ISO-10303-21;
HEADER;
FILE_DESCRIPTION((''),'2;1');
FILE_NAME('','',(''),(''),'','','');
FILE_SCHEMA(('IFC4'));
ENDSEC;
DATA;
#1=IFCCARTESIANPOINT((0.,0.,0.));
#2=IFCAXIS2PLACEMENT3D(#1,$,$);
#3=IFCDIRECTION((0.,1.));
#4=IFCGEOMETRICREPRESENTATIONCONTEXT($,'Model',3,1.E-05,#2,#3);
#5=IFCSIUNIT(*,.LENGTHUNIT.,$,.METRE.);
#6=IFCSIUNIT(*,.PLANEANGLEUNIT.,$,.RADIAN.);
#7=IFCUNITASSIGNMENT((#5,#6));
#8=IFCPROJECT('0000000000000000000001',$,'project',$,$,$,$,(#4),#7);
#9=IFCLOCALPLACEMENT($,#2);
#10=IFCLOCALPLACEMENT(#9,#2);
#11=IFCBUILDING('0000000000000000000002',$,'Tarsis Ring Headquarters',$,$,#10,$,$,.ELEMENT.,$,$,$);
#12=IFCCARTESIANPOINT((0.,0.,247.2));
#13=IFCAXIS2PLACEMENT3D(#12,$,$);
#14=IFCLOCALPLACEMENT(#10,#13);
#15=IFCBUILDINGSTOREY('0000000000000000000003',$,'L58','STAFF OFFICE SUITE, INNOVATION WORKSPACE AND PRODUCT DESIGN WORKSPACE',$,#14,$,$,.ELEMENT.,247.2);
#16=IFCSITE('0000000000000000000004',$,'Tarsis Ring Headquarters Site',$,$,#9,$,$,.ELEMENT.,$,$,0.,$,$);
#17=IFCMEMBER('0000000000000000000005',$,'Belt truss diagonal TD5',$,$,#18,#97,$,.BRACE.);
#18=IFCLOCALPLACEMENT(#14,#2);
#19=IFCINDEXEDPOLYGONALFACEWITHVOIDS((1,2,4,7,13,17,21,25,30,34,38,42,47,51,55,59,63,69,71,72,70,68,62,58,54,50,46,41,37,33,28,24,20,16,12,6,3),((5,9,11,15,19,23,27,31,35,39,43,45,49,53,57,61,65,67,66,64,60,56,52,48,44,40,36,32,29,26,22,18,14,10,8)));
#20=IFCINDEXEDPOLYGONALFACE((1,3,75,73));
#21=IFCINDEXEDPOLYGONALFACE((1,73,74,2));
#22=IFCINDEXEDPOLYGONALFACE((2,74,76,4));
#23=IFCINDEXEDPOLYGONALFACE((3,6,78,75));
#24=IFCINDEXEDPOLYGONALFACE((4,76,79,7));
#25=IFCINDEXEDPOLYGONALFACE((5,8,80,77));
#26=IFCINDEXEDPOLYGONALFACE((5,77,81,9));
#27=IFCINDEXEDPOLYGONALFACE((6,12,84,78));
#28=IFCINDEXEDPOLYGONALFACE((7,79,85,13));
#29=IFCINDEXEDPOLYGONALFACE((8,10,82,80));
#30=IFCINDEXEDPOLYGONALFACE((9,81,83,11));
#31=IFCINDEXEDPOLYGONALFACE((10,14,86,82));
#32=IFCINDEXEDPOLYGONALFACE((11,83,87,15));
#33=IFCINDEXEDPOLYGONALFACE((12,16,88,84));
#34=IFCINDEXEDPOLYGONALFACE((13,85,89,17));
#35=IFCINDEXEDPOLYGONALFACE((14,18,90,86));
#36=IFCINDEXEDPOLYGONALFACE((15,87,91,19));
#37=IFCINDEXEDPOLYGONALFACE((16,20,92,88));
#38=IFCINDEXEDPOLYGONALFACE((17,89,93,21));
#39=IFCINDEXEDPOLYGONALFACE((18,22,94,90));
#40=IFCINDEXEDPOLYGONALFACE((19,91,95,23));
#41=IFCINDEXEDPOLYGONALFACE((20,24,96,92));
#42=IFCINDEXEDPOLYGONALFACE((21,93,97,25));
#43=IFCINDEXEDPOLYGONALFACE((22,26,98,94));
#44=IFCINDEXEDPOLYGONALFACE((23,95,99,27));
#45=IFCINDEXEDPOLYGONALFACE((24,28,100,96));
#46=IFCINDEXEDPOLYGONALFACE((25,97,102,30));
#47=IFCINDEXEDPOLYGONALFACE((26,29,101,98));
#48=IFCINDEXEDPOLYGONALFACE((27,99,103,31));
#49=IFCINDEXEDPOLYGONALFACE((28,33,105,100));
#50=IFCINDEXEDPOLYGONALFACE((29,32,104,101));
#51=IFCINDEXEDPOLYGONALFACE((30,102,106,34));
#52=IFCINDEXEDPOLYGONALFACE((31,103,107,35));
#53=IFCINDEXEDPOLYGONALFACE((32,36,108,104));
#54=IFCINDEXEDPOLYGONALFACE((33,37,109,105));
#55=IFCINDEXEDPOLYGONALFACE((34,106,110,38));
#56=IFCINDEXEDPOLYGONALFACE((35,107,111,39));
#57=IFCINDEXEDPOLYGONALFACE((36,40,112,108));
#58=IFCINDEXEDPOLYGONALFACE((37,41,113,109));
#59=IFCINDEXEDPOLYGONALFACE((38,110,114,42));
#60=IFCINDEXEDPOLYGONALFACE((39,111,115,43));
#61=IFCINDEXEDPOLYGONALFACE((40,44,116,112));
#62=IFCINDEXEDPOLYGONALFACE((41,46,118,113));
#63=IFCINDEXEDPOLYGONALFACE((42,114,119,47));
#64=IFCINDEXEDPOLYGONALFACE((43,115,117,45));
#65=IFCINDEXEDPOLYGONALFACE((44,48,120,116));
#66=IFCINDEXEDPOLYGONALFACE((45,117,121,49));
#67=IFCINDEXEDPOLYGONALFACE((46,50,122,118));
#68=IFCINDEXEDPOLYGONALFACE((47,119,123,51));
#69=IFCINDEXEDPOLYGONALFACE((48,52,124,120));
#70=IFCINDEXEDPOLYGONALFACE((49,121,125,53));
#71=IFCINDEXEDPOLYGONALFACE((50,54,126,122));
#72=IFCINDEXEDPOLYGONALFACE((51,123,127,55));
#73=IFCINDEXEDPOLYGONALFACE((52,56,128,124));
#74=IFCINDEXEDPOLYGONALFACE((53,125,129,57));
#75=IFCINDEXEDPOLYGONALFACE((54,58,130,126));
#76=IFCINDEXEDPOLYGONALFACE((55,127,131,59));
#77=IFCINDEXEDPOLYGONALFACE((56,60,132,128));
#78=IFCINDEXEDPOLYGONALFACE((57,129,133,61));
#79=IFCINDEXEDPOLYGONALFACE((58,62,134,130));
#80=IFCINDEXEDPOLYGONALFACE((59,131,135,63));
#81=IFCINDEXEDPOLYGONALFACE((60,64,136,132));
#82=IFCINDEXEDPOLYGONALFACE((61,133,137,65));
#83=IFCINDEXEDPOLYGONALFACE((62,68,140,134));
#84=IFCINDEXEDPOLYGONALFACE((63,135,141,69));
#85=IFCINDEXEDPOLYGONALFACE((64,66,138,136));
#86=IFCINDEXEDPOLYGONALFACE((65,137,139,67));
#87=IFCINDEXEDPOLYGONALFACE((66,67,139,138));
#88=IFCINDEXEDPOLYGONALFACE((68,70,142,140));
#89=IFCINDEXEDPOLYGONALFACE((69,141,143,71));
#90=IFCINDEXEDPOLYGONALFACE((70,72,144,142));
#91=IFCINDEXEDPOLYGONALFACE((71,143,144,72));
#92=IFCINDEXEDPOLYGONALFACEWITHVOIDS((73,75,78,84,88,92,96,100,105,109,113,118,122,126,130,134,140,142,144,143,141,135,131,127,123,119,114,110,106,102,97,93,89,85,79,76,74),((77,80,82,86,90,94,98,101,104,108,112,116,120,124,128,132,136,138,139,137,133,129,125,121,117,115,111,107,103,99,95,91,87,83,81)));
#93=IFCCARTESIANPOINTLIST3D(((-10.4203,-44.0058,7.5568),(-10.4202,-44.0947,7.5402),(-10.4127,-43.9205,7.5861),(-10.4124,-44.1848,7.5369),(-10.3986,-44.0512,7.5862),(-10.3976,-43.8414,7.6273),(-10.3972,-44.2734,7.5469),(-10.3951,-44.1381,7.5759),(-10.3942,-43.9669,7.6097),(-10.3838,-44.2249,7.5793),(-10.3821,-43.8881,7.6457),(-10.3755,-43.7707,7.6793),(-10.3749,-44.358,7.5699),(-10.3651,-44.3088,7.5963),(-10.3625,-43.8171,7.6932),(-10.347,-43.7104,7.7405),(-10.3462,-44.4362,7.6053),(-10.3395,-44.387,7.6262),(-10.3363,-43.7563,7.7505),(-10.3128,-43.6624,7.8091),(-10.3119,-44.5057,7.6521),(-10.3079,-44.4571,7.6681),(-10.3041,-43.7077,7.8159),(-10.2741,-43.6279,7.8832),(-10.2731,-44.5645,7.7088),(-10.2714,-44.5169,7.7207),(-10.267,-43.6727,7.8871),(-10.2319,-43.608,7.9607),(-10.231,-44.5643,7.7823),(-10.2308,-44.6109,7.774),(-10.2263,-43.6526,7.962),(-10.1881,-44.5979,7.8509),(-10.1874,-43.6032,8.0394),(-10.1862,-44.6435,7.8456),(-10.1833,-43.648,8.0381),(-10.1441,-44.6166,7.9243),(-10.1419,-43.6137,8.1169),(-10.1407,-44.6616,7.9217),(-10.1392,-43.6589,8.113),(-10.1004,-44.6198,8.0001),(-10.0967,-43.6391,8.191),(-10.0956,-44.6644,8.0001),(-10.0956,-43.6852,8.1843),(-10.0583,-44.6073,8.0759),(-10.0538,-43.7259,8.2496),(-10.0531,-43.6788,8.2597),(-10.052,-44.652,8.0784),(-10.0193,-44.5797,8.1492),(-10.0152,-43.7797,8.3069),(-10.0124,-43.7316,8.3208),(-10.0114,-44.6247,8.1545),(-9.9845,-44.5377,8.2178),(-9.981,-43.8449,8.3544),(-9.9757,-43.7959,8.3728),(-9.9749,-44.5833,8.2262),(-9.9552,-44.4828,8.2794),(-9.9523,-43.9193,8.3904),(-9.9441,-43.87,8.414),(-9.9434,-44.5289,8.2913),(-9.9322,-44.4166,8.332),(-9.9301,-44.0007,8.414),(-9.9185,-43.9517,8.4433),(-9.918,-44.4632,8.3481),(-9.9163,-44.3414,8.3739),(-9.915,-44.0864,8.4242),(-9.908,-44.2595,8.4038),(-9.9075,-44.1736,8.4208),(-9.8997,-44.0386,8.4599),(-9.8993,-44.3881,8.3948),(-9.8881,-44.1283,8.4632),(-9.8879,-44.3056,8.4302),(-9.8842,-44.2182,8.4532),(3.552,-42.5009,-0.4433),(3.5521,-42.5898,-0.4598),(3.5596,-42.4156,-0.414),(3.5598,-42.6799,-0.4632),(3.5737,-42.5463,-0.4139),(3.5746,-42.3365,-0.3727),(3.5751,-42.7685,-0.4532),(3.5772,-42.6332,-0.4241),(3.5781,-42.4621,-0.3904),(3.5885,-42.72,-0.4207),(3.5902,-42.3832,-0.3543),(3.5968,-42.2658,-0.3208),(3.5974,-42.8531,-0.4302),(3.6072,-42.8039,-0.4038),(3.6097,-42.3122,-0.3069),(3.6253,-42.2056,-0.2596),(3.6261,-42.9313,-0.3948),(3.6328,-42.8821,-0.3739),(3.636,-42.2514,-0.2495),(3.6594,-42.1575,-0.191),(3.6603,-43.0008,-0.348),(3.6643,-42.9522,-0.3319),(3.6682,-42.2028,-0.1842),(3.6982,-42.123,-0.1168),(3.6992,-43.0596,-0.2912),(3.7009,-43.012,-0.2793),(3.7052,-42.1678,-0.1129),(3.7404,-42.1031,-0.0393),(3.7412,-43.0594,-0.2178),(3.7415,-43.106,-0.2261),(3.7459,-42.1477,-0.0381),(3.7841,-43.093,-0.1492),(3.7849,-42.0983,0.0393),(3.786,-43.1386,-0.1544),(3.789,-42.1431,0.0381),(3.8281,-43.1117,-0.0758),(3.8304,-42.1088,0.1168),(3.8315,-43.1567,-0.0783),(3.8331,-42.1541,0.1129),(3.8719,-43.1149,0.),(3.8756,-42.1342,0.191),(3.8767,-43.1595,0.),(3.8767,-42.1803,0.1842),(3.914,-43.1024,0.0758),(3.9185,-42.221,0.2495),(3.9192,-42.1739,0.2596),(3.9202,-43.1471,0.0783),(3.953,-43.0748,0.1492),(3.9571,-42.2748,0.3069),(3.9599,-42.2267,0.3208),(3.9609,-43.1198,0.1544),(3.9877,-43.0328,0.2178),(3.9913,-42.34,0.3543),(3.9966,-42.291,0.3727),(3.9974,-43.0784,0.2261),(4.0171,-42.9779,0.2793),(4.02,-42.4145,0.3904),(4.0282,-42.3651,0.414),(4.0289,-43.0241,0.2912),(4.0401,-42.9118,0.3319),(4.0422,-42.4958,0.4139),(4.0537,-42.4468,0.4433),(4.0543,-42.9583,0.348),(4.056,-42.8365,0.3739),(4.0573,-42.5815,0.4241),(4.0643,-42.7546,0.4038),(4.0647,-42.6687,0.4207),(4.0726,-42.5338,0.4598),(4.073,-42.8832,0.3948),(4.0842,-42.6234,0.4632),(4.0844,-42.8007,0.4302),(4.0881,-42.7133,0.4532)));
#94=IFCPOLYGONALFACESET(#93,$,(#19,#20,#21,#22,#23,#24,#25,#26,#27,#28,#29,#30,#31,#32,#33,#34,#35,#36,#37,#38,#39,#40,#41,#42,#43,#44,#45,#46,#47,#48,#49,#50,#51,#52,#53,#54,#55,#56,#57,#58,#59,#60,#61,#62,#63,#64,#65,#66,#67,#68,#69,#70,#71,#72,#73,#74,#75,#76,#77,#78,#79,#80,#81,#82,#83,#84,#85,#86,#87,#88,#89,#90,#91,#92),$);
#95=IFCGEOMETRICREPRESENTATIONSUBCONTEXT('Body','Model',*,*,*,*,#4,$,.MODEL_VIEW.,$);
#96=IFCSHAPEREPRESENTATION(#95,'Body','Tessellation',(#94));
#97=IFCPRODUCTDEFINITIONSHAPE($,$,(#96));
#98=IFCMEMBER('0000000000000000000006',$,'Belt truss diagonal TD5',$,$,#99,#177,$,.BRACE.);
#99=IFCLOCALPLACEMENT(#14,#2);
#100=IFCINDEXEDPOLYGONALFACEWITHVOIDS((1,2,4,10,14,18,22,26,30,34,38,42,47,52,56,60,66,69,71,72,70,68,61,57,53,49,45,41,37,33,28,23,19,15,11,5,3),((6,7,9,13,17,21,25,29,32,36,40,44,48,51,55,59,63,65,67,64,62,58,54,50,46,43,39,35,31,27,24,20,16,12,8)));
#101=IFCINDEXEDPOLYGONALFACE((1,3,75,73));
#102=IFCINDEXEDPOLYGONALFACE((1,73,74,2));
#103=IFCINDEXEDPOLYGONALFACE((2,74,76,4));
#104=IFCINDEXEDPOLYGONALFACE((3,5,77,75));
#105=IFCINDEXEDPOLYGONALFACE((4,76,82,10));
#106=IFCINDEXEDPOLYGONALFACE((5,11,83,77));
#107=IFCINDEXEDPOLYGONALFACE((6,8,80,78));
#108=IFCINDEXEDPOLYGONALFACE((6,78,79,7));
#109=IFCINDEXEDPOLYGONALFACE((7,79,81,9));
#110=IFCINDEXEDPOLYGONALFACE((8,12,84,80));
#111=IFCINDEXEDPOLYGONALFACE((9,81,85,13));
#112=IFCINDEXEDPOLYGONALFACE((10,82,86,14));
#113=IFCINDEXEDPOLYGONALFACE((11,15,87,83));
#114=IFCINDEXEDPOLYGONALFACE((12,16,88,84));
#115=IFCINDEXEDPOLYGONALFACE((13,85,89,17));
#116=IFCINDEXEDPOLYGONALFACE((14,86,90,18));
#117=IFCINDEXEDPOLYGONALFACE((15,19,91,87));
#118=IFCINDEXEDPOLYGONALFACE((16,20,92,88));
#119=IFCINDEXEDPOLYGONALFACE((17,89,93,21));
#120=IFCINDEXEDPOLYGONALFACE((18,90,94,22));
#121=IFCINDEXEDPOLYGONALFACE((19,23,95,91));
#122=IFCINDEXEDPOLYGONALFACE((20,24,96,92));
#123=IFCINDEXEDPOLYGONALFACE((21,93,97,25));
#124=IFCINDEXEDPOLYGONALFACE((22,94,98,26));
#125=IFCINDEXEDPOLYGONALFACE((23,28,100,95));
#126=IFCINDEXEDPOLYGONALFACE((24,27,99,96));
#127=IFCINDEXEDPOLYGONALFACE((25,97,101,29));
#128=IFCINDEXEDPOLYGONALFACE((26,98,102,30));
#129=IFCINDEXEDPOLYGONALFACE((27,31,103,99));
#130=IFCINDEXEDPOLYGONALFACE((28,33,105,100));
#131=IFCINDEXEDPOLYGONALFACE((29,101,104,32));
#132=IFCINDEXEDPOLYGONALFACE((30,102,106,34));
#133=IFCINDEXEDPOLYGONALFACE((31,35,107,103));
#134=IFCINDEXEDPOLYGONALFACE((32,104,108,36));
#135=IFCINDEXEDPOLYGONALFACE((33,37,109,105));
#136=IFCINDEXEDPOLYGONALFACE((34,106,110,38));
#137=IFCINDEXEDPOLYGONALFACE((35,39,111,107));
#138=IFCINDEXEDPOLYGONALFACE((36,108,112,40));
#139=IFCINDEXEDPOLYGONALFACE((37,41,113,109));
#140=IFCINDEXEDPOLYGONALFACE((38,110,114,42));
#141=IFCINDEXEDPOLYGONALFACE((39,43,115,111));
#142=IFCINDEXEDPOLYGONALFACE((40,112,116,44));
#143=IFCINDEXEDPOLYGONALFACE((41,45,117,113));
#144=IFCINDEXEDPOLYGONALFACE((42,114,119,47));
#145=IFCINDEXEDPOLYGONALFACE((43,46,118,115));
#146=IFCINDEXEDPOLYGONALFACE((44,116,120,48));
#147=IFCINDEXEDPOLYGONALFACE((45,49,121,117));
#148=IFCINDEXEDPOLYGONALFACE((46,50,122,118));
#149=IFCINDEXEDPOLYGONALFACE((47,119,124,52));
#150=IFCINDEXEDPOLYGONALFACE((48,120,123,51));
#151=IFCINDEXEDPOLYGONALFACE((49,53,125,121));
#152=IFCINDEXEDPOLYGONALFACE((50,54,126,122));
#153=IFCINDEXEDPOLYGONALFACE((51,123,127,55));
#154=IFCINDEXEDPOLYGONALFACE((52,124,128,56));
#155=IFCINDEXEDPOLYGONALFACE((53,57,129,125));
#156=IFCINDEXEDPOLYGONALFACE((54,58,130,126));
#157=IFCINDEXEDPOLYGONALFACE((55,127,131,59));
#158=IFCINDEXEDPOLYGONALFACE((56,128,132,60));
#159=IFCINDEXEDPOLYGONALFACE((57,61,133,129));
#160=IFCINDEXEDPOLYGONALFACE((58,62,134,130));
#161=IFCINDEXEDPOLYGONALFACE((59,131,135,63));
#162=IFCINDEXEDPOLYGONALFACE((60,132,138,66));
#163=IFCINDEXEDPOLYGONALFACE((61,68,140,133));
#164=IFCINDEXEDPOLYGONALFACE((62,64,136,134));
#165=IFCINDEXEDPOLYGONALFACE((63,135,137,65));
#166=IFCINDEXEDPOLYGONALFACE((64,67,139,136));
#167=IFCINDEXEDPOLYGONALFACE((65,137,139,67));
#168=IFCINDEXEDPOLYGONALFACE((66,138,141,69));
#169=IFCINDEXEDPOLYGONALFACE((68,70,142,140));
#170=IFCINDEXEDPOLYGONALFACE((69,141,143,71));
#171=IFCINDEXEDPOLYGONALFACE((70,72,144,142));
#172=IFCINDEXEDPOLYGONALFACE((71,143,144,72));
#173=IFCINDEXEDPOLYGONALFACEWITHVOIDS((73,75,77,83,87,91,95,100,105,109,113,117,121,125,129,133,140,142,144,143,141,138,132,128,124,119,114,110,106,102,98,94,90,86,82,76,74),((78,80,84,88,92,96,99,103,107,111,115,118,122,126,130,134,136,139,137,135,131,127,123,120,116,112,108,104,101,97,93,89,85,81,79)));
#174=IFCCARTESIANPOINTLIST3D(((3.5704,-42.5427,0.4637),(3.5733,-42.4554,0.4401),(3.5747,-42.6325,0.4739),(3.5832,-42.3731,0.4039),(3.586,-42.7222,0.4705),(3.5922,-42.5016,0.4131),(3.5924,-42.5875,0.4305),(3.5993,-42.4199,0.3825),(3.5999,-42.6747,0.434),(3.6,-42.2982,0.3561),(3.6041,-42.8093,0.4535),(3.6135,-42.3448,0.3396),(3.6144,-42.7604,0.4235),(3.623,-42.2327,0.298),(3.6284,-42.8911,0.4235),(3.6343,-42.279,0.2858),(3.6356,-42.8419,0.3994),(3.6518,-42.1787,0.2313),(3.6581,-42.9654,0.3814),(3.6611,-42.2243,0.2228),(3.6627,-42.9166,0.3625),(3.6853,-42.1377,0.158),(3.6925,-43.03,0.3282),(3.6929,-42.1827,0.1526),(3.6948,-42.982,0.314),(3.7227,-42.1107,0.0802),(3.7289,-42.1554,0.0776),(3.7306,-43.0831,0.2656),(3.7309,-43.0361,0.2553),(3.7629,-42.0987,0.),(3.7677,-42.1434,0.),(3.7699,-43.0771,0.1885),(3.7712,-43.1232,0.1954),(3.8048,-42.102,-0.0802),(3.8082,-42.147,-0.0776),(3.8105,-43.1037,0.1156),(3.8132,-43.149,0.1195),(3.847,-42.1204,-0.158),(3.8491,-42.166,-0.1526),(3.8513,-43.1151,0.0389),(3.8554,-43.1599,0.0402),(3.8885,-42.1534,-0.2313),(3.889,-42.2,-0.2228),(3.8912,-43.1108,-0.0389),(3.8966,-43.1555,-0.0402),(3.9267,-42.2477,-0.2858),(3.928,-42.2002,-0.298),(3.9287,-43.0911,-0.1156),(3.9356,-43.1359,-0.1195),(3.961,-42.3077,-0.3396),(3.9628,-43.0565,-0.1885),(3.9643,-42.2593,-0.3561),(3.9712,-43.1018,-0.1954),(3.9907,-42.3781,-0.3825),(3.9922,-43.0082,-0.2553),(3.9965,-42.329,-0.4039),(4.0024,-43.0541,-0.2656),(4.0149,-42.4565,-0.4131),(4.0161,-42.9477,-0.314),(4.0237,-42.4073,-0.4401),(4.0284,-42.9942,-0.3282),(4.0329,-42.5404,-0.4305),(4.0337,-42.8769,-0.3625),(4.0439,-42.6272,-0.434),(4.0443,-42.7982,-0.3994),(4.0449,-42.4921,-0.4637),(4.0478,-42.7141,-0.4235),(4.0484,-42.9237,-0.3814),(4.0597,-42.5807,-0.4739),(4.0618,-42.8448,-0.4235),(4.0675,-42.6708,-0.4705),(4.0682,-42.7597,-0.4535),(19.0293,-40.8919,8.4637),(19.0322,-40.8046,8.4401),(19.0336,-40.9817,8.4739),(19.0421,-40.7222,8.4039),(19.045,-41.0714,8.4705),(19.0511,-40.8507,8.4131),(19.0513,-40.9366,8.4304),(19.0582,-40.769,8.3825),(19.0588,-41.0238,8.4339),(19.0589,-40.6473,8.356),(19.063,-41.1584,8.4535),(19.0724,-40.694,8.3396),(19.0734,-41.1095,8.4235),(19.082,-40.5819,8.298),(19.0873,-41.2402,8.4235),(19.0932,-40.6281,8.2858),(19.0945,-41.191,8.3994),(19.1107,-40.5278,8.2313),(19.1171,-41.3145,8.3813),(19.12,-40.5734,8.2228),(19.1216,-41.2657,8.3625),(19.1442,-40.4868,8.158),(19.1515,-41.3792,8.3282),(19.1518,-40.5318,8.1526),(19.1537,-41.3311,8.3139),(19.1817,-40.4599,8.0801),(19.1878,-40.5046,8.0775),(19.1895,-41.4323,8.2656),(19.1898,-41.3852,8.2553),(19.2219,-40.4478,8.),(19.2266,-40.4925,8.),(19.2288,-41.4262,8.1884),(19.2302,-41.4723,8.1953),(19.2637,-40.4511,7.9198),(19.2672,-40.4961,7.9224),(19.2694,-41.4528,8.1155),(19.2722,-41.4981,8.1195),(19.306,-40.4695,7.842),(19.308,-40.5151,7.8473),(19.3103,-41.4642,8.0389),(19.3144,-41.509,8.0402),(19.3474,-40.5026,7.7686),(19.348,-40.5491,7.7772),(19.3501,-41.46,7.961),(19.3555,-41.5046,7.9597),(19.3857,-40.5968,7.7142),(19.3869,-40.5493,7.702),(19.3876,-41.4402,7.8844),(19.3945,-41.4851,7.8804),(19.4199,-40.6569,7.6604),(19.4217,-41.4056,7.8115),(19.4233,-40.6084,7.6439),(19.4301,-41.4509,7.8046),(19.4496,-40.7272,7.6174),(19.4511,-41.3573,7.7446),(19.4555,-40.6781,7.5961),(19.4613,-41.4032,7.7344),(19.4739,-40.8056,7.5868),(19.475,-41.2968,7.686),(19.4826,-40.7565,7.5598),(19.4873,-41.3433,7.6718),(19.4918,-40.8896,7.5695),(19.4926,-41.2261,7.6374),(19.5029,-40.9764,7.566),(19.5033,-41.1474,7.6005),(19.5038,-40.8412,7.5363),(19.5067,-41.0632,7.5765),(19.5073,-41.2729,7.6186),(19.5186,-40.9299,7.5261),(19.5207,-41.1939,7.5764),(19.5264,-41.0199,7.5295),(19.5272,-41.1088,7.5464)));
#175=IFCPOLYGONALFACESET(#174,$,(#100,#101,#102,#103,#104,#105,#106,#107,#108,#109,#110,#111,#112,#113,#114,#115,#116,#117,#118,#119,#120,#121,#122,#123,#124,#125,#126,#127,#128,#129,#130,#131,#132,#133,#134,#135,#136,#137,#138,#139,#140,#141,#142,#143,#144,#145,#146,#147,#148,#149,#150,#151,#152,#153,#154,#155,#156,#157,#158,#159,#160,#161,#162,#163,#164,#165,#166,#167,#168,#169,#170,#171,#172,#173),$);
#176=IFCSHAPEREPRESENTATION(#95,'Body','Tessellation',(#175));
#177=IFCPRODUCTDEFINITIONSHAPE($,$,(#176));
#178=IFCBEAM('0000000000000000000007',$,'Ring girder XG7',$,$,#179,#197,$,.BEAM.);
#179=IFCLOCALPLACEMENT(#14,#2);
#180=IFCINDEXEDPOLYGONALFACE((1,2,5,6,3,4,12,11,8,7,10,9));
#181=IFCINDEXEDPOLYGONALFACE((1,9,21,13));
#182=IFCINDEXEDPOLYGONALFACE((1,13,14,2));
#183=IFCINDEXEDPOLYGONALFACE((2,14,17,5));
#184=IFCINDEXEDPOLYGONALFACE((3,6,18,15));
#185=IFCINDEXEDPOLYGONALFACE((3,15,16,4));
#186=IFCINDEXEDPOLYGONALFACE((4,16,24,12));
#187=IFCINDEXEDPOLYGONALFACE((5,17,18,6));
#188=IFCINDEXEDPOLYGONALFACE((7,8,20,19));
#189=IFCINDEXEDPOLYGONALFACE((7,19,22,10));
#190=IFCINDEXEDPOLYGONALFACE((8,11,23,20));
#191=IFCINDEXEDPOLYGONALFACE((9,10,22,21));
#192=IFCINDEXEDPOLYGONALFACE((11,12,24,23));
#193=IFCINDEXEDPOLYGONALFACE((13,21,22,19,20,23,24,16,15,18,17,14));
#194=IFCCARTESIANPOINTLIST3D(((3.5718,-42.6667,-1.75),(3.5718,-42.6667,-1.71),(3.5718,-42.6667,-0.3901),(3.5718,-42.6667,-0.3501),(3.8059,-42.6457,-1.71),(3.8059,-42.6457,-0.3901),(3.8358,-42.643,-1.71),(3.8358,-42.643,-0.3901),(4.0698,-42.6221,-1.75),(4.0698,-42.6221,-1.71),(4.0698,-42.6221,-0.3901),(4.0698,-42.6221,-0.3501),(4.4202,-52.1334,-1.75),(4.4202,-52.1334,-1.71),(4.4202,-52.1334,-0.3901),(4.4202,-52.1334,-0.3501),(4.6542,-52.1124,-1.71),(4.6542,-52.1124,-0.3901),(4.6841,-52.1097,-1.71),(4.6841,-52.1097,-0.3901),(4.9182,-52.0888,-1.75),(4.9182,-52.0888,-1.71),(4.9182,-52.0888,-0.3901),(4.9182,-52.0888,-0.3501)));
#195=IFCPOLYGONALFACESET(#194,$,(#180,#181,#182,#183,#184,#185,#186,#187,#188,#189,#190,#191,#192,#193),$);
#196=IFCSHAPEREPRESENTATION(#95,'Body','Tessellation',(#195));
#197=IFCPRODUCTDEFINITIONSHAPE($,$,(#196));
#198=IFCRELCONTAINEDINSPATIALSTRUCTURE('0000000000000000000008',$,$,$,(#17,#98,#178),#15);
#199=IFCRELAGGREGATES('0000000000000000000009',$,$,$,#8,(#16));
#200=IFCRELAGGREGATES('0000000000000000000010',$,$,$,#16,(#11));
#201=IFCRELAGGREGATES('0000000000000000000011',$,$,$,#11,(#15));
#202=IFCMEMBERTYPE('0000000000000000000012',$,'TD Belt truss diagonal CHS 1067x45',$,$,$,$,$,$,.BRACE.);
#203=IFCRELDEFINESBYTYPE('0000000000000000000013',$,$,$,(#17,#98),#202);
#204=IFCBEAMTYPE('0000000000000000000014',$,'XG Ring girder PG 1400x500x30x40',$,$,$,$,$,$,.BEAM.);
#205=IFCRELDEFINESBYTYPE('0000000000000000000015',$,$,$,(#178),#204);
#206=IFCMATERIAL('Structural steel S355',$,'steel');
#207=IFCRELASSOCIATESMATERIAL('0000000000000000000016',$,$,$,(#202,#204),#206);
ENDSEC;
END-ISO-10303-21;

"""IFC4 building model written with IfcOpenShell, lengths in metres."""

from ifc_helpers import new_model, si_unit, direction, frame, origin, origin_2d, place, context, subcontext, project, spatial, hollow_circle, i_section, extrude, material, material_profile, profile_set, type_object, element, save


model = new_model("IFC4")

# Units and contexts
model_context = context("Model", 3, precision=1e-05, world=origin(), true_north=direction((0.0, 1.0)))
body_context = subcontext(model_context, "Body", "Model", "MODEL_VIEW")
ifc_project = project(units=[si_unit("LENGTHUNIT", "METRE"), si_unit("PLANEANGLEUNIT", "RADIAN")], contexts=[model_context])

# Site, building, storey
site_placement = place(None, origin())
site = spatial("IfcSite", under=ifc_project, at=site_placement, Name="Tarsis Ring Headquarters Site", CompositionType="ELEMENT", RefElevation=0.0)
building_placement = place(site_placement, origin())
building = spatial("IfcBuilding", under=site, at=building_placement, Name="Tarsis Ring Headquarters", CompositionType="ELEMENT")
storey_placement = place(building_placement, frame((0.0, 0.0, 247.2)))
storey = spatial("IfcBuildingStorey", under=building, at=storey_placement, Name="L58", Description="STAFF OFFICE SUITE, INNOVATION WORKSPACE AND PRODUCT DESIGN WORKSPACE", CompositionType="ELEMENT", Elevation=247.2)

# Shared definitions
ifc_material_1 = material(Name="Structural steel S355", Category="steel")
ifc_material_profile_1 = material_profile(ifc_material_1, hollow_circle(Radius=0.5334, WallThickness=0.0449, at=origin_2d()), Name="CHS 1067x45")
ifc_profile_set_1 = profile_set([ifc_material_profile_1], Name="Structural steel S355")

# Members
member_type = type_object("IfcMemberType", Name="TD Belt truss diagonal CHS 1067x45", PredefinedType="BRACE", material=ifc_profile_set_1)
member_1_placement = place(storey_placement, frame((3.8196, -42.6292, 0.0), z_axis=(-0.864051, -0.093063, 0.494727), x_axis=(0.107086, -0.99425, 0.0)))
element("IfcMember", 1, at=member_1_placement, inside=storey, type_object=member_type, Name="Belt truss diagonal TD5", PredefinedType="BRACE", context=body_context, shape_type="SweptSolid", body=[
    extrude(hollow_circle(Radius=0.5334, WallThickness=0.0449, at=origin_2d()), origin(), (0.0, 0.0, 1.0), 16.1707),
])
member_2_placement = place(storey_placement, frame((3.8196, -42.6292, 0.0), z_axis=(0.884157, 0.09442, 0.45755), x_axis=(-0.106187, 0.994346, 0.0)))
element("IfcMember", 2, at=member_2_placement, inside=storey, type_object=member_type, Name="Belt truss diagonal TD5", PredefinedType="BRACE", context=body_context, shape_type="SweptSolid", body=[
    extrude(hollow_circle(Radius=0.5334, WallThickness=0.0449, at=origin_2d()), origin(), (0.0, 0.0, 1.0), 17.4844),
])

# Beam
ifc_material_profile_2 = material_profile(ifc_material_1, i_section(OverallWidth=0.5, OverallDepth=1.3999, WebThickness=0.03, FlangeThickness=0.04, at=origin_2d()), Name="PG 1400x500x30x40")
ifc_profile_set_2 = profile_set([ifc_material_profile_2], Name="Structural steel S355")
beam_type_1 = type_object("IfcBeamType", Name="XG Ring girder PG 1400x500x30x40", PredefinedType="BEAM", material=ifc_profile_set_2)
beam_placement = place(storey_placement, frame((4.6692, -52.1111, -1.05), z_axis=(-0.08926, 0.996008, 0.0), x_axis=(-0.996008, -0.08926, 0.0)))
element("IfcBeam", 3, at=beam_placement, inside=storey, type_object=beam_type_1, Name="Ring girder XG7", PredefinedType="BEAM", context=body_context, shape_type="SweptSolid", body=[
    extrude(i_section(OverallWidth=0.5, OverallDepth=1.3999, WebThickness=0.03, FlangeThickness=0.04, at=origin_2d()), origin(), (0.0, 0.0, 1.0), 9.5046),
])

save(model, "model.ifc")
